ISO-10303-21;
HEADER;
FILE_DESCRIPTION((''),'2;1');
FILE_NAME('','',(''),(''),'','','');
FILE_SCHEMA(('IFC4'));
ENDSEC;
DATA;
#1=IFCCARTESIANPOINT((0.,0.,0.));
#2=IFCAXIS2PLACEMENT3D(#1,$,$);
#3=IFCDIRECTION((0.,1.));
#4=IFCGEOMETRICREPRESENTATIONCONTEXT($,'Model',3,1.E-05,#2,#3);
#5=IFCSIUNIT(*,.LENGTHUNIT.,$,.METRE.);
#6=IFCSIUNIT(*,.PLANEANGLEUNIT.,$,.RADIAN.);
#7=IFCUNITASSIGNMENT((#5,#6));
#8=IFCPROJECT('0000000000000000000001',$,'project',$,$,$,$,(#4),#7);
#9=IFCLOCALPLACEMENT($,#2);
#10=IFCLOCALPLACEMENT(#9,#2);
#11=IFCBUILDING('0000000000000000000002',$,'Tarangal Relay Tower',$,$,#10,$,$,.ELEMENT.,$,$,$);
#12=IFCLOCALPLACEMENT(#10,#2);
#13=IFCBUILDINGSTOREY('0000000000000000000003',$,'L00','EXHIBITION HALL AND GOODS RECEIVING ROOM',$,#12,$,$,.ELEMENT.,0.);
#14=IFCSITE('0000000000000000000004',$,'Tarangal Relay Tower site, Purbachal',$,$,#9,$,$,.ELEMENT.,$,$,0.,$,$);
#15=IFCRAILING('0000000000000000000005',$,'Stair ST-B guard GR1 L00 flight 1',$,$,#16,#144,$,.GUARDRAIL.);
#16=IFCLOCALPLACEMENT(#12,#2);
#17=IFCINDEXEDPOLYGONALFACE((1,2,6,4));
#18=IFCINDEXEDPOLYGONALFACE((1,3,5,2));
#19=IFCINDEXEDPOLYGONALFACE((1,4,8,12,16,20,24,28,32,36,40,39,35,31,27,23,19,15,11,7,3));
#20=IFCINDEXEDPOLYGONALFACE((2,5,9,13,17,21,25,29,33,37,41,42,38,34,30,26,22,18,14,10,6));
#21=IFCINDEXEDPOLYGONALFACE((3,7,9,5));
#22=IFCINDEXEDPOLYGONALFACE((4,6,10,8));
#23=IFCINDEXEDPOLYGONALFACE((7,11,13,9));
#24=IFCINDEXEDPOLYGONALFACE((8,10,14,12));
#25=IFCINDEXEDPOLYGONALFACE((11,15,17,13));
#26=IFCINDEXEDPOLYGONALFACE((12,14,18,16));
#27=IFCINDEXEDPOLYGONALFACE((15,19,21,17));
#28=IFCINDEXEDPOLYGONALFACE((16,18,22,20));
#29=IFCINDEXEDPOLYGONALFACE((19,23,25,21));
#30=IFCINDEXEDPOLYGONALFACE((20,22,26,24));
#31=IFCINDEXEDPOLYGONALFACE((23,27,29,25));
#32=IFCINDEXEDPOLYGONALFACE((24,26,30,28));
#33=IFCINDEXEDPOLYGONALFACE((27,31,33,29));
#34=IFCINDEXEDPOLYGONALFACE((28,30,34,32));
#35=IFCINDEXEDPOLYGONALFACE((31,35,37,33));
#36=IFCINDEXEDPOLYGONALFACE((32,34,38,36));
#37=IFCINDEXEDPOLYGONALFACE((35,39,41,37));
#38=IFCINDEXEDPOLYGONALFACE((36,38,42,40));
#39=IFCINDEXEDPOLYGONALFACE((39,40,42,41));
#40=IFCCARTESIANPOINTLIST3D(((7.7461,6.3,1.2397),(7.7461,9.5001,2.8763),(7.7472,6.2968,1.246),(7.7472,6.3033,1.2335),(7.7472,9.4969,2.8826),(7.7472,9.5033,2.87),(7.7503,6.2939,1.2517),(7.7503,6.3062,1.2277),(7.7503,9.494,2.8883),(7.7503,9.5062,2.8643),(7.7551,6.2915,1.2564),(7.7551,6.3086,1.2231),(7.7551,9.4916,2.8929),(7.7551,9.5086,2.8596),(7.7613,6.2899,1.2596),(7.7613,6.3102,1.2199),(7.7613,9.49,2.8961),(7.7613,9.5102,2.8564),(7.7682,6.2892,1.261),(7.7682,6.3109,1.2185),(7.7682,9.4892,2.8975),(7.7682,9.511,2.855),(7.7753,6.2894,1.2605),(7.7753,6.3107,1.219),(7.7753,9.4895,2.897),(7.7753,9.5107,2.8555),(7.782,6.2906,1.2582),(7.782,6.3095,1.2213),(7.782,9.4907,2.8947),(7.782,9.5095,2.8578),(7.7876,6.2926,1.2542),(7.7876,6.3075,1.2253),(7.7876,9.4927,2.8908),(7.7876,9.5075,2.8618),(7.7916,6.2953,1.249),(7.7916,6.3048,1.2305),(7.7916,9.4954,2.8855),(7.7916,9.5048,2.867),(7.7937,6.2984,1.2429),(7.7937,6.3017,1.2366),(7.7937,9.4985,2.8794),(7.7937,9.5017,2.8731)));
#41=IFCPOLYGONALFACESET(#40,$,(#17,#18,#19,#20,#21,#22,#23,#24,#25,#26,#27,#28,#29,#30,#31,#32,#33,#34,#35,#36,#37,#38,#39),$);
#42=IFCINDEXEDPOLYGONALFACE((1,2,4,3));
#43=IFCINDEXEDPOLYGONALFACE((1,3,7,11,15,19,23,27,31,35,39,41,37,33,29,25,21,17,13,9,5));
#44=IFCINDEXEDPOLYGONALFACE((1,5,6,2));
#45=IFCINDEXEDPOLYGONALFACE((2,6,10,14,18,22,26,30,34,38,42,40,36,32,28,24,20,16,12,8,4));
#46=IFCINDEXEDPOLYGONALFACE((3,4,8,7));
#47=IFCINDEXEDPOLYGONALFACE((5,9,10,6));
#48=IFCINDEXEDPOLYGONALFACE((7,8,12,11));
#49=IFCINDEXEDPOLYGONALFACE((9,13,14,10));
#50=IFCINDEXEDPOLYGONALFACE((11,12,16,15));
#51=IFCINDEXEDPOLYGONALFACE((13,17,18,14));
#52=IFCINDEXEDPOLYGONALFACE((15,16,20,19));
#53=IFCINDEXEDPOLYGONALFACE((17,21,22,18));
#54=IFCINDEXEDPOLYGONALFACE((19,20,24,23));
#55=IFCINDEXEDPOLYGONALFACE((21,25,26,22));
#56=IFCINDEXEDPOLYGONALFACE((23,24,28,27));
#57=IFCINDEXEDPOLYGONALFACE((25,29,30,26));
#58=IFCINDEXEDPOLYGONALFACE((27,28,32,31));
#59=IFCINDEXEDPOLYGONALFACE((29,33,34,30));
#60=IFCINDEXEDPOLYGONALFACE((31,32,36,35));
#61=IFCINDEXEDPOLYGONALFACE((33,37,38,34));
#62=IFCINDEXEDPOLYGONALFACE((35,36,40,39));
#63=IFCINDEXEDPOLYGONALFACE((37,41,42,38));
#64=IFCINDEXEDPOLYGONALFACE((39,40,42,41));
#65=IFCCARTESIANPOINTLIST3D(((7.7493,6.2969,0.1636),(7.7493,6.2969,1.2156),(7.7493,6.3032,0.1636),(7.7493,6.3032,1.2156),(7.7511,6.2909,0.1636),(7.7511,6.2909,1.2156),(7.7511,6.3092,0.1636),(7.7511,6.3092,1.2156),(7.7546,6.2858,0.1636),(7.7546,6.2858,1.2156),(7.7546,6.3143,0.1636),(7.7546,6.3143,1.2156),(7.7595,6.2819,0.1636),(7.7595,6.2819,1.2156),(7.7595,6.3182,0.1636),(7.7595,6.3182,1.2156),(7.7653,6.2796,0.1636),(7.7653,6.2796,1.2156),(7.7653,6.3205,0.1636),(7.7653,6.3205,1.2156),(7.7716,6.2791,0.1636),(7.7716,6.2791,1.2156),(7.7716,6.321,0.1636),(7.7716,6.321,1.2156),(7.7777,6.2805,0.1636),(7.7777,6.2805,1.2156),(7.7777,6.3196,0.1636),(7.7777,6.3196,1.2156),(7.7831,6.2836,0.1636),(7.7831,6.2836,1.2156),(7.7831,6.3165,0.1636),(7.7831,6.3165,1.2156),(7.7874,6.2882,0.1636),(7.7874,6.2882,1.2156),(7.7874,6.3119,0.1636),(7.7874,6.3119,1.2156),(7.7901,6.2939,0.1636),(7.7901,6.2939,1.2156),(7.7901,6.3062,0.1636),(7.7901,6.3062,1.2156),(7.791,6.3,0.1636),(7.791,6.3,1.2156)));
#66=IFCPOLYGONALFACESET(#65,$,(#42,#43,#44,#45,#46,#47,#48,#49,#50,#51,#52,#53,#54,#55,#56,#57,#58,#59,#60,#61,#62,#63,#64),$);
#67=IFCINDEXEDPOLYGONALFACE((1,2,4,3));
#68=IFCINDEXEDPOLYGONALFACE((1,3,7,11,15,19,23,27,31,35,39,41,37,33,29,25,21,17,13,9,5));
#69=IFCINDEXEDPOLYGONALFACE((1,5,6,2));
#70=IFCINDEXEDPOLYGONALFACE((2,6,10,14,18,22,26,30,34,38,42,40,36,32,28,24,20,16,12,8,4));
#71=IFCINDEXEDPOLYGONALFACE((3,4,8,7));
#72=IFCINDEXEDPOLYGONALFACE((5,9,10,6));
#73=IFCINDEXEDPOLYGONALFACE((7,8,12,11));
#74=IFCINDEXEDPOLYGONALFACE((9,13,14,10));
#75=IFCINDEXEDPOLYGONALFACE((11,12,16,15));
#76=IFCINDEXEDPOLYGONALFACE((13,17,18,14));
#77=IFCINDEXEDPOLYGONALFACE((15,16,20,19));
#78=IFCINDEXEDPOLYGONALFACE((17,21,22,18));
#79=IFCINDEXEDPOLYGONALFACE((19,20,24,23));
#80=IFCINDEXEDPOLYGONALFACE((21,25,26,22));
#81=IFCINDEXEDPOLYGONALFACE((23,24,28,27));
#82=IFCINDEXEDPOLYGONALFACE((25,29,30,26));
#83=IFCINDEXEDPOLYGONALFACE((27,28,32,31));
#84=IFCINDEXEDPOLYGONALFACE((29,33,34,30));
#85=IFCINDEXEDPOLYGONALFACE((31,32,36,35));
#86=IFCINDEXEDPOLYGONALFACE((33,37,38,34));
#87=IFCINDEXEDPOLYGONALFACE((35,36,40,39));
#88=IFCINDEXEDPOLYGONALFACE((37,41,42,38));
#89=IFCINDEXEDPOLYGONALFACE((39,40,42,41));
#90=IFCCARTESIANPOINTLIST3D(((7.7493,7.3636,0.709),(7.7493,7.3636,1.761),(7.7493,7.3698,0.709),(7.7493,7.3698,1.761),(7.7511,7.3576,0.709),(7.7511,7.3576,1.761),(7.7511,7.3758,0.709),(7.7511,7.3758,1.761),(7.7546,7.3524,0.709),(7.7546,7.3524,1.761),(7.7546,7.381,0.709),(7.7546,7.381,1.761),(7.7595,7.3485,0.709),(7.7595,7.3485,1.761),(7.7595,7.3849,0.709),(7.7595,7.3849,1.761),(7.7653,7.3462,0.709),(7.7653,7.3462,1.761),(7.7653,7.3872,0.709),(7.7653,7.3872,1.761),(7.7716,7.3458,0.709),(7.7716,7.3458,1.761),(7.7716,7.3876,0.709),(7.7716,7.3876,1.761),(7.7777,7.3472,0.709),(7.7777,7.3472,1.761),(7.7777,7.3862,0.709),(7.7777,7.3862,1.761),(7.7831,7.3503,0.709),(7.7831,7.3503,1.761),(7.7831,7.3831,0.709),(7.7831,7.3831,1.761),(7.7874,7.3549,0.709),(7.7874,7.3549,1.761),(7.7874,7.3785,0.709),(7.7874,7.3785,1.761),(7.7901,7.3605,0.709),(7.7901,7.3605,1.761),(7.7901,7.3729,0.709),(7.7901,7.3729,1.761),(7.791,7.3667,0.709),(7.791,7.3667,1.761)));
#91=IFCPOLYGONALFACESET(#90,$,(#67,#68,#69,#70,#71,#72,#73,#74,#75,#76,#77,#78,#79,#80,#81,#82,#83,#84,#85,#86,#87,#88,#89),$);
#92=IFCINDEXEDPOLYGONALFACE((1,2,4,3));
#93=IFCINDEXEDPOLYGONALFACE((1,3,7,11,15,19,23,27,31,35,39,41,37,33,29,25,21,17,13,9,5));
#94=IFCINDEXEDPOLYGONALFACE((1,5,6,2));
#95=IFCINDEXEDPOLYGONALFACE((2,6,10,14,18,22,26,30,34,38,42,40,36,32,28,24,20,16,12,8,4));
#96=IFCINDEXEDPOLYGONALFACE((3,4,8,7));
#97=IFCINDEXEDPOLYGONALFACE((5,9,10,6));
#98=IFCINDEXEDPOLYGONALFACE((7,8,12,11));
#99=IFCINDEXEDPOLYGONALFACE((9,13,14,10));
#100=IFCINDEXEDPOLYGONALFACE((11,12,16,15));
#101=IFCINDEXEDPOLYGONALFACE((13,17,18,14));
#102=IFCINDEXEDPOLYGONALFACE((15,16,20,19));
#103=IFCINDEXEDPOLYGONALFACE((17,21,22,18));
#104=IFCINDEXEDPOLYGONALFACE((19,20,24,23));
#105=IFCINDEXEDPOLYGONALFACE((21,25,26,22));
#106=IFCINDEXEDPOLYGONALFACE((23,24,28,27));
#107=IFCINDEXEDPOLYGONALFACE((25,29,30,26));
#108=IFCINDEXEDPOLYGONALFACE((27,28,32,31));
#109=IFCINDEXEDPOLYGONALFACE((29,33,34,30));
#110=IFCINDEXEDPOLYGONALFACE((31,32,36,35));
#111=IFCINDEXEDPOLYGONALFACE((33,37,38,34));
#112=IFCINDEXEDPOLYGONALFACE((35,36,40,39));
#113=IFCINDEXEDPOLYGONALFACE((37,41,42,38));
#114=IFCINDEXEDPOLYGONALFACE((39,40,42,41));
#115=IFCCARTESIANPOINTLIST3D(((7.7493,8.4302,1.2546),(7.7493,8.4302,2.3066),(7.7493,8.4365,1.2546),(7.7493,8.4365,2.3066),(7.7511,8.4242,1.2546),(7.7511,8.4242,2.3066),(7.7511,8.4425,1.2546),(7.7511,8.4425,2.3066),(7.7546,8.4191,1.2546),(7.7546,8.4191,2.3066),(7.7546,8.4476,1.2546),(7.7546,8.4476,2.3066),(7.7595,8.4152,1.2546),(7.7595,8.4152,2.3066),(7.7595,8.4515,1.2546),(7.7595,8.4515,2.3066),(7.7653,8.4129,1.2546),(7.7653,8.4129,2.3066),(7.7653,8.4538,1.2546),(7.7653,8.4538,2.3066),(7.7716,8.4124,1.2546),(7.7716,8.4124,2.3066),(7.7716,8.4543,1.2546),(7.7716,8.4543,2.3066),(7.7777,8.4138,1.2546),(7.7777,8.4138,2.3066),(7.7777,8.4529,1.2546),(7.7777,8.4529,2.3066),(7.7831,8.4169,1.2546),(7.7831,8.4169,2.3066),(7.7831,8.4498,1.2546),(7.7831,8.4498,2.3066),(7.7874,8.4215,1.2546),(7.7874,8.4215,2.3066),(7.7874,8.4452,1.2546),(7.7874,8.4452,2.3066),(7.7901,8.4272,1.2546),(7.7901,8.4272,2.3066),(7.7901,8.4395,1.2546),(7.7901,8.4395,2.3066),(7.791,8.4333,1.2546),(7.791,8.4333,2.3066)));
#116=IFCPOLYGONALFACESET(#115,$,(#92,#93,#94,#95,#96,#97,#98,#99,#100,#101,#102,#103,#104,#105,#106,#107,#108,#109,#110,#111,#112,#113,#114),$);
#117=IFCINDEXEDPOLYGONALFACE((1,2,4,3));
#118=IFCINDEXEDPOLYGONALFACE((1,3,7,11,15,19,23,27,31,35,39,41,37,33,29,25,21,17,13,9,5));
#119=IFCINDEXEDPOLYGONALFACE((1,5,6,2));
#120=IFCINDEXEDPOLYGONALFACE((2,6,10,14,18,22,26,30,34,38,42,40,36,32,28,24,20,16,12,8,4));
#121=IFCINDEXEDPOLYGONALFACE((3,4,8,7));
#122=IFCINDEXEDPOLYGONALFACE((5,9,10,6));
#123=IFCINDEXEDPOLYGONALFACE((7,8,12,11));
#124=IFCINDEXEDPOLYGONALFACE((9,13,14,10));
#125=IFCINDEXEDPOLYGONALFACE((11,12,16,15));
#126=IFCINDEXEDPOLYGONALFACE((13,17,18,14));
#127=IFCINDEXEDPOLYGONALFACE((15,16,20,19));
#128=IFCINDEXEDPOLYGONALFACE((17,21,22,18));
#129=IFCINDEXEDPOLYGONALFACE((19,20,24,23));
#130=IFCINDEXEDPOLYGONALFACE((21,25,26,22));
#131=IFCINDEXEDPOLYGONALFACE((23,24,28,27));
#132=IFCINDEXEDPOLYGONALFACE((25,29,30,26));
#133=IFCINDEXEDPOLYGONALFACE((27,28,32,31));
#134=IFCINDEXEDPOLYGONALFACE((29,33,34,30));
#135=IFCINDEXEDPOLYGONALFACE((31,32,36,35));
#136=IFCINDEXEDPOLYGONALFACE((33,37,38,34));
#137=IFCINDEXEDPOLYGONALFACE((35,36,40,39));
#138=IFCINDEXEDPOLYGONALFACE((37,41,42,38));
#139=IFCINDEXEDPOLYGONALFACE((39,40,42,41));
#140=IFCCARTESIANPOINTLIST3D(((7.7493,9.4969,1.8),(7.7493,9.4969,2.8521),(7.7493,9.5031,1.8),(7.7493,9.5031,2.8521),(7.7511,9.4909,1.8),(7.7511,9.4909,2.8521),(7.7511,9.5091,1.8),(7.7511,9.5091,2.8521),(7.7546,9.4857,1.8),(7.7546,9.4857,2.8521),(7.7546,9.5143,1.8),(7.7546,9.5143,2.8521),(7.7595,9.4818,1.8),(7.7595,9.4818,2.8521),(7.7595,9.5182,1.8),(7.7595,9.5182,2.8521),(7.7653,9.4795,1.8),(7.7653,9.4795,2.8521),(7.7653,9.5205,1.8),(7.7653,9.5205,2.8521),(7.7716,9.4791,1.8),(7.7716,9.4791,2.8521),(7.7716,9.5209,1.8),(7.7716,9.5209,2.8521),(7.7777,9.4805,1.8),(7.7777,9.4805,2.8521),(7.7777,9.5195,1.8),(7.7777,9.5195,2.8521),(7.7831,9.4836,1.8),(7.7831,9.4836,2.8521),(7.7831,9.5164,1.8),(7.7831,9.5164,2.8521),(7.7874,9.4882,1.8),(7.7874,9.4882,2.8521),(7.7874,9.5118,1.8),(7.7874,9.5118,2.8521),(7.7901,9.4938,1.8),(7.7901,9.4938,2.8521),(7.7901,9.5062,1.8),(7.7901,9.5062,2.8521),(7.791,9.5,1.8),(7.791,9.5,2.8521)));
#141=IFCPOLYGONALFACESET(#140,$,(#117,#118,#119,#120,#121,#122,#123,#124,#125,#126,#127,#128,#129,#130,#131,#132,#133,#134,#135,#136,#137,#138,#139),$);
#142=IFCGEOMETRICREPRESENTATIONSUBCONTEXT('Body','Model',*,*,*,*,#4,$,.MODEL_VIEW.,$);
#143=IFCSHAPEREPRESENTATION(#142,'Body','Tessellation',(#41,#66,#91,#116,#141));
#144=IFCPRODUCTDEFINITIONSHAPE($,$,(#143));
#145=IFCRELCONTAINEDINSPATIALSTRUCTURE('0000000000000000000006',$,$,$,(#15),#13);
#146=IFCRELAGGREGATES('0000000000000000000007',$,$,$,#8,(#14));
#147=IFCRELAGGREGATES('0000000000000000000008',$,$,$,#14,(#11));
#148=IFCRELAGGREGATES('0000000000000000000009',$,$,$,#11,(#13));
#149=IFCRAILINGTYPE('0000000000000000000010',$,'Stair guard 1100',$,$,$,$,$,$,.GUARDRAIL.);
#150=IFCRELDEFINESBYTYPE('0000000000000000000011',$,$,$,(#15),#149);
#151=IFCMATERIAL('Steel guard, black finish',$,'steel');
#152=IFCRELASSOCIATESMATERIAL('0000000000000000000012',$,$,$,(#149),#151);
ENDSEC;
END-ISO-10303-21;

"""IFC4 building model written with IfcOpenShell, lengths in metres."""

from ifc_helpers import new_model, si_unit, direction, frame, origin, origin_2d, place, context, subcontext, project, spatial, circle, extrude, material, type_object, element, save


model = new_model("IFC4")

# Units and contexts
model_context = context("Model", 3, precision=1e-05, world=origin(), true_north=direction((0.0, 1.0)))
body_context = subcontext(model_context, "Body", "Model", "MODEL_VIEW")
ifc_project = project(units=[si_unit("LENGTHUNIT", "METRE"), si_unit("PLANEANGLEUNIT", "RADIAN")], contexts=[model_context])

# Site, building, storey
site_placement = place(None, origin())
site = spatial("IfcSite", under=ifc_project, at=site_placement, Name="Tarangal Relay Tower site, Purbachal", CompositionType="ELEMENT", RefElevation=0.0)
building_placement = place(site_placement, origin())
building = spatial("IfcBuilding", under=site, at=building_placement, Name="Tarangal Relay Tower", CompositionType="ELEMENT")
storey_placement = place(building_placement, origin())
storey = spatial("IfcBuildingStorey", under=building, at=storey_placement, Name="L00", Description="EXHIBITION HALL AND GOODS RECEIVING ROOM", CompositionType="ELEMENT", Elevation=0.0)

# Railing
ifc_material_1 = material(Name="Steel guard, black finish", Category="steel")
railing_type = type_object("IfcRailingType", Name="Stair guard 1100", PredefinedType="GUARDRAIL", material=ifc_material_1)
railing_1_placement = place(storey_placement, frame((7.77, 6.3, 0.1636)))
element("IfcRailing", 1, at=railing_1_placement, inside=storey, type_object=railing_type, Name="Stair ST-B guard GR1 L00 flight 1", PredefinedType="GUARDRAIL", context=body_context, shape_type="SweptSolid", body=[
    extrude(circle(Radius=0.0239, at=origin_2d()), frame((0.0, 0.0, 1.0762), z_axis=(0.0, 0.890328, 0.455319), x_axis=(-1.0, 0.0, 0.0)), (0.0, 0.0, 1.0), 3.5942),
    extrude(circle(Radius=0.021, at=origin_2d()), origin(), (0.0, 0.0, 1.0), 1.052),
    extrude(circle(Radius=0.021, at=origin_2d()), frame((0.0, 1.0667, 0.5454)), (0.0, 0.0, 1.0), 1.052),
    extrude(circle(Radius=0.021, at=origin_2d()), frame((0.0, 2.1333, 1.0911)), (0.0, 0.0, 1.0), 1.052),
    extrude(circle(Radius=0.021, at=origin_2d()), frame((0.0, 3.2, 1.6365)), (0.0, 0.0, 1.0), 1.052),
])

save(model, "model.ifc")
